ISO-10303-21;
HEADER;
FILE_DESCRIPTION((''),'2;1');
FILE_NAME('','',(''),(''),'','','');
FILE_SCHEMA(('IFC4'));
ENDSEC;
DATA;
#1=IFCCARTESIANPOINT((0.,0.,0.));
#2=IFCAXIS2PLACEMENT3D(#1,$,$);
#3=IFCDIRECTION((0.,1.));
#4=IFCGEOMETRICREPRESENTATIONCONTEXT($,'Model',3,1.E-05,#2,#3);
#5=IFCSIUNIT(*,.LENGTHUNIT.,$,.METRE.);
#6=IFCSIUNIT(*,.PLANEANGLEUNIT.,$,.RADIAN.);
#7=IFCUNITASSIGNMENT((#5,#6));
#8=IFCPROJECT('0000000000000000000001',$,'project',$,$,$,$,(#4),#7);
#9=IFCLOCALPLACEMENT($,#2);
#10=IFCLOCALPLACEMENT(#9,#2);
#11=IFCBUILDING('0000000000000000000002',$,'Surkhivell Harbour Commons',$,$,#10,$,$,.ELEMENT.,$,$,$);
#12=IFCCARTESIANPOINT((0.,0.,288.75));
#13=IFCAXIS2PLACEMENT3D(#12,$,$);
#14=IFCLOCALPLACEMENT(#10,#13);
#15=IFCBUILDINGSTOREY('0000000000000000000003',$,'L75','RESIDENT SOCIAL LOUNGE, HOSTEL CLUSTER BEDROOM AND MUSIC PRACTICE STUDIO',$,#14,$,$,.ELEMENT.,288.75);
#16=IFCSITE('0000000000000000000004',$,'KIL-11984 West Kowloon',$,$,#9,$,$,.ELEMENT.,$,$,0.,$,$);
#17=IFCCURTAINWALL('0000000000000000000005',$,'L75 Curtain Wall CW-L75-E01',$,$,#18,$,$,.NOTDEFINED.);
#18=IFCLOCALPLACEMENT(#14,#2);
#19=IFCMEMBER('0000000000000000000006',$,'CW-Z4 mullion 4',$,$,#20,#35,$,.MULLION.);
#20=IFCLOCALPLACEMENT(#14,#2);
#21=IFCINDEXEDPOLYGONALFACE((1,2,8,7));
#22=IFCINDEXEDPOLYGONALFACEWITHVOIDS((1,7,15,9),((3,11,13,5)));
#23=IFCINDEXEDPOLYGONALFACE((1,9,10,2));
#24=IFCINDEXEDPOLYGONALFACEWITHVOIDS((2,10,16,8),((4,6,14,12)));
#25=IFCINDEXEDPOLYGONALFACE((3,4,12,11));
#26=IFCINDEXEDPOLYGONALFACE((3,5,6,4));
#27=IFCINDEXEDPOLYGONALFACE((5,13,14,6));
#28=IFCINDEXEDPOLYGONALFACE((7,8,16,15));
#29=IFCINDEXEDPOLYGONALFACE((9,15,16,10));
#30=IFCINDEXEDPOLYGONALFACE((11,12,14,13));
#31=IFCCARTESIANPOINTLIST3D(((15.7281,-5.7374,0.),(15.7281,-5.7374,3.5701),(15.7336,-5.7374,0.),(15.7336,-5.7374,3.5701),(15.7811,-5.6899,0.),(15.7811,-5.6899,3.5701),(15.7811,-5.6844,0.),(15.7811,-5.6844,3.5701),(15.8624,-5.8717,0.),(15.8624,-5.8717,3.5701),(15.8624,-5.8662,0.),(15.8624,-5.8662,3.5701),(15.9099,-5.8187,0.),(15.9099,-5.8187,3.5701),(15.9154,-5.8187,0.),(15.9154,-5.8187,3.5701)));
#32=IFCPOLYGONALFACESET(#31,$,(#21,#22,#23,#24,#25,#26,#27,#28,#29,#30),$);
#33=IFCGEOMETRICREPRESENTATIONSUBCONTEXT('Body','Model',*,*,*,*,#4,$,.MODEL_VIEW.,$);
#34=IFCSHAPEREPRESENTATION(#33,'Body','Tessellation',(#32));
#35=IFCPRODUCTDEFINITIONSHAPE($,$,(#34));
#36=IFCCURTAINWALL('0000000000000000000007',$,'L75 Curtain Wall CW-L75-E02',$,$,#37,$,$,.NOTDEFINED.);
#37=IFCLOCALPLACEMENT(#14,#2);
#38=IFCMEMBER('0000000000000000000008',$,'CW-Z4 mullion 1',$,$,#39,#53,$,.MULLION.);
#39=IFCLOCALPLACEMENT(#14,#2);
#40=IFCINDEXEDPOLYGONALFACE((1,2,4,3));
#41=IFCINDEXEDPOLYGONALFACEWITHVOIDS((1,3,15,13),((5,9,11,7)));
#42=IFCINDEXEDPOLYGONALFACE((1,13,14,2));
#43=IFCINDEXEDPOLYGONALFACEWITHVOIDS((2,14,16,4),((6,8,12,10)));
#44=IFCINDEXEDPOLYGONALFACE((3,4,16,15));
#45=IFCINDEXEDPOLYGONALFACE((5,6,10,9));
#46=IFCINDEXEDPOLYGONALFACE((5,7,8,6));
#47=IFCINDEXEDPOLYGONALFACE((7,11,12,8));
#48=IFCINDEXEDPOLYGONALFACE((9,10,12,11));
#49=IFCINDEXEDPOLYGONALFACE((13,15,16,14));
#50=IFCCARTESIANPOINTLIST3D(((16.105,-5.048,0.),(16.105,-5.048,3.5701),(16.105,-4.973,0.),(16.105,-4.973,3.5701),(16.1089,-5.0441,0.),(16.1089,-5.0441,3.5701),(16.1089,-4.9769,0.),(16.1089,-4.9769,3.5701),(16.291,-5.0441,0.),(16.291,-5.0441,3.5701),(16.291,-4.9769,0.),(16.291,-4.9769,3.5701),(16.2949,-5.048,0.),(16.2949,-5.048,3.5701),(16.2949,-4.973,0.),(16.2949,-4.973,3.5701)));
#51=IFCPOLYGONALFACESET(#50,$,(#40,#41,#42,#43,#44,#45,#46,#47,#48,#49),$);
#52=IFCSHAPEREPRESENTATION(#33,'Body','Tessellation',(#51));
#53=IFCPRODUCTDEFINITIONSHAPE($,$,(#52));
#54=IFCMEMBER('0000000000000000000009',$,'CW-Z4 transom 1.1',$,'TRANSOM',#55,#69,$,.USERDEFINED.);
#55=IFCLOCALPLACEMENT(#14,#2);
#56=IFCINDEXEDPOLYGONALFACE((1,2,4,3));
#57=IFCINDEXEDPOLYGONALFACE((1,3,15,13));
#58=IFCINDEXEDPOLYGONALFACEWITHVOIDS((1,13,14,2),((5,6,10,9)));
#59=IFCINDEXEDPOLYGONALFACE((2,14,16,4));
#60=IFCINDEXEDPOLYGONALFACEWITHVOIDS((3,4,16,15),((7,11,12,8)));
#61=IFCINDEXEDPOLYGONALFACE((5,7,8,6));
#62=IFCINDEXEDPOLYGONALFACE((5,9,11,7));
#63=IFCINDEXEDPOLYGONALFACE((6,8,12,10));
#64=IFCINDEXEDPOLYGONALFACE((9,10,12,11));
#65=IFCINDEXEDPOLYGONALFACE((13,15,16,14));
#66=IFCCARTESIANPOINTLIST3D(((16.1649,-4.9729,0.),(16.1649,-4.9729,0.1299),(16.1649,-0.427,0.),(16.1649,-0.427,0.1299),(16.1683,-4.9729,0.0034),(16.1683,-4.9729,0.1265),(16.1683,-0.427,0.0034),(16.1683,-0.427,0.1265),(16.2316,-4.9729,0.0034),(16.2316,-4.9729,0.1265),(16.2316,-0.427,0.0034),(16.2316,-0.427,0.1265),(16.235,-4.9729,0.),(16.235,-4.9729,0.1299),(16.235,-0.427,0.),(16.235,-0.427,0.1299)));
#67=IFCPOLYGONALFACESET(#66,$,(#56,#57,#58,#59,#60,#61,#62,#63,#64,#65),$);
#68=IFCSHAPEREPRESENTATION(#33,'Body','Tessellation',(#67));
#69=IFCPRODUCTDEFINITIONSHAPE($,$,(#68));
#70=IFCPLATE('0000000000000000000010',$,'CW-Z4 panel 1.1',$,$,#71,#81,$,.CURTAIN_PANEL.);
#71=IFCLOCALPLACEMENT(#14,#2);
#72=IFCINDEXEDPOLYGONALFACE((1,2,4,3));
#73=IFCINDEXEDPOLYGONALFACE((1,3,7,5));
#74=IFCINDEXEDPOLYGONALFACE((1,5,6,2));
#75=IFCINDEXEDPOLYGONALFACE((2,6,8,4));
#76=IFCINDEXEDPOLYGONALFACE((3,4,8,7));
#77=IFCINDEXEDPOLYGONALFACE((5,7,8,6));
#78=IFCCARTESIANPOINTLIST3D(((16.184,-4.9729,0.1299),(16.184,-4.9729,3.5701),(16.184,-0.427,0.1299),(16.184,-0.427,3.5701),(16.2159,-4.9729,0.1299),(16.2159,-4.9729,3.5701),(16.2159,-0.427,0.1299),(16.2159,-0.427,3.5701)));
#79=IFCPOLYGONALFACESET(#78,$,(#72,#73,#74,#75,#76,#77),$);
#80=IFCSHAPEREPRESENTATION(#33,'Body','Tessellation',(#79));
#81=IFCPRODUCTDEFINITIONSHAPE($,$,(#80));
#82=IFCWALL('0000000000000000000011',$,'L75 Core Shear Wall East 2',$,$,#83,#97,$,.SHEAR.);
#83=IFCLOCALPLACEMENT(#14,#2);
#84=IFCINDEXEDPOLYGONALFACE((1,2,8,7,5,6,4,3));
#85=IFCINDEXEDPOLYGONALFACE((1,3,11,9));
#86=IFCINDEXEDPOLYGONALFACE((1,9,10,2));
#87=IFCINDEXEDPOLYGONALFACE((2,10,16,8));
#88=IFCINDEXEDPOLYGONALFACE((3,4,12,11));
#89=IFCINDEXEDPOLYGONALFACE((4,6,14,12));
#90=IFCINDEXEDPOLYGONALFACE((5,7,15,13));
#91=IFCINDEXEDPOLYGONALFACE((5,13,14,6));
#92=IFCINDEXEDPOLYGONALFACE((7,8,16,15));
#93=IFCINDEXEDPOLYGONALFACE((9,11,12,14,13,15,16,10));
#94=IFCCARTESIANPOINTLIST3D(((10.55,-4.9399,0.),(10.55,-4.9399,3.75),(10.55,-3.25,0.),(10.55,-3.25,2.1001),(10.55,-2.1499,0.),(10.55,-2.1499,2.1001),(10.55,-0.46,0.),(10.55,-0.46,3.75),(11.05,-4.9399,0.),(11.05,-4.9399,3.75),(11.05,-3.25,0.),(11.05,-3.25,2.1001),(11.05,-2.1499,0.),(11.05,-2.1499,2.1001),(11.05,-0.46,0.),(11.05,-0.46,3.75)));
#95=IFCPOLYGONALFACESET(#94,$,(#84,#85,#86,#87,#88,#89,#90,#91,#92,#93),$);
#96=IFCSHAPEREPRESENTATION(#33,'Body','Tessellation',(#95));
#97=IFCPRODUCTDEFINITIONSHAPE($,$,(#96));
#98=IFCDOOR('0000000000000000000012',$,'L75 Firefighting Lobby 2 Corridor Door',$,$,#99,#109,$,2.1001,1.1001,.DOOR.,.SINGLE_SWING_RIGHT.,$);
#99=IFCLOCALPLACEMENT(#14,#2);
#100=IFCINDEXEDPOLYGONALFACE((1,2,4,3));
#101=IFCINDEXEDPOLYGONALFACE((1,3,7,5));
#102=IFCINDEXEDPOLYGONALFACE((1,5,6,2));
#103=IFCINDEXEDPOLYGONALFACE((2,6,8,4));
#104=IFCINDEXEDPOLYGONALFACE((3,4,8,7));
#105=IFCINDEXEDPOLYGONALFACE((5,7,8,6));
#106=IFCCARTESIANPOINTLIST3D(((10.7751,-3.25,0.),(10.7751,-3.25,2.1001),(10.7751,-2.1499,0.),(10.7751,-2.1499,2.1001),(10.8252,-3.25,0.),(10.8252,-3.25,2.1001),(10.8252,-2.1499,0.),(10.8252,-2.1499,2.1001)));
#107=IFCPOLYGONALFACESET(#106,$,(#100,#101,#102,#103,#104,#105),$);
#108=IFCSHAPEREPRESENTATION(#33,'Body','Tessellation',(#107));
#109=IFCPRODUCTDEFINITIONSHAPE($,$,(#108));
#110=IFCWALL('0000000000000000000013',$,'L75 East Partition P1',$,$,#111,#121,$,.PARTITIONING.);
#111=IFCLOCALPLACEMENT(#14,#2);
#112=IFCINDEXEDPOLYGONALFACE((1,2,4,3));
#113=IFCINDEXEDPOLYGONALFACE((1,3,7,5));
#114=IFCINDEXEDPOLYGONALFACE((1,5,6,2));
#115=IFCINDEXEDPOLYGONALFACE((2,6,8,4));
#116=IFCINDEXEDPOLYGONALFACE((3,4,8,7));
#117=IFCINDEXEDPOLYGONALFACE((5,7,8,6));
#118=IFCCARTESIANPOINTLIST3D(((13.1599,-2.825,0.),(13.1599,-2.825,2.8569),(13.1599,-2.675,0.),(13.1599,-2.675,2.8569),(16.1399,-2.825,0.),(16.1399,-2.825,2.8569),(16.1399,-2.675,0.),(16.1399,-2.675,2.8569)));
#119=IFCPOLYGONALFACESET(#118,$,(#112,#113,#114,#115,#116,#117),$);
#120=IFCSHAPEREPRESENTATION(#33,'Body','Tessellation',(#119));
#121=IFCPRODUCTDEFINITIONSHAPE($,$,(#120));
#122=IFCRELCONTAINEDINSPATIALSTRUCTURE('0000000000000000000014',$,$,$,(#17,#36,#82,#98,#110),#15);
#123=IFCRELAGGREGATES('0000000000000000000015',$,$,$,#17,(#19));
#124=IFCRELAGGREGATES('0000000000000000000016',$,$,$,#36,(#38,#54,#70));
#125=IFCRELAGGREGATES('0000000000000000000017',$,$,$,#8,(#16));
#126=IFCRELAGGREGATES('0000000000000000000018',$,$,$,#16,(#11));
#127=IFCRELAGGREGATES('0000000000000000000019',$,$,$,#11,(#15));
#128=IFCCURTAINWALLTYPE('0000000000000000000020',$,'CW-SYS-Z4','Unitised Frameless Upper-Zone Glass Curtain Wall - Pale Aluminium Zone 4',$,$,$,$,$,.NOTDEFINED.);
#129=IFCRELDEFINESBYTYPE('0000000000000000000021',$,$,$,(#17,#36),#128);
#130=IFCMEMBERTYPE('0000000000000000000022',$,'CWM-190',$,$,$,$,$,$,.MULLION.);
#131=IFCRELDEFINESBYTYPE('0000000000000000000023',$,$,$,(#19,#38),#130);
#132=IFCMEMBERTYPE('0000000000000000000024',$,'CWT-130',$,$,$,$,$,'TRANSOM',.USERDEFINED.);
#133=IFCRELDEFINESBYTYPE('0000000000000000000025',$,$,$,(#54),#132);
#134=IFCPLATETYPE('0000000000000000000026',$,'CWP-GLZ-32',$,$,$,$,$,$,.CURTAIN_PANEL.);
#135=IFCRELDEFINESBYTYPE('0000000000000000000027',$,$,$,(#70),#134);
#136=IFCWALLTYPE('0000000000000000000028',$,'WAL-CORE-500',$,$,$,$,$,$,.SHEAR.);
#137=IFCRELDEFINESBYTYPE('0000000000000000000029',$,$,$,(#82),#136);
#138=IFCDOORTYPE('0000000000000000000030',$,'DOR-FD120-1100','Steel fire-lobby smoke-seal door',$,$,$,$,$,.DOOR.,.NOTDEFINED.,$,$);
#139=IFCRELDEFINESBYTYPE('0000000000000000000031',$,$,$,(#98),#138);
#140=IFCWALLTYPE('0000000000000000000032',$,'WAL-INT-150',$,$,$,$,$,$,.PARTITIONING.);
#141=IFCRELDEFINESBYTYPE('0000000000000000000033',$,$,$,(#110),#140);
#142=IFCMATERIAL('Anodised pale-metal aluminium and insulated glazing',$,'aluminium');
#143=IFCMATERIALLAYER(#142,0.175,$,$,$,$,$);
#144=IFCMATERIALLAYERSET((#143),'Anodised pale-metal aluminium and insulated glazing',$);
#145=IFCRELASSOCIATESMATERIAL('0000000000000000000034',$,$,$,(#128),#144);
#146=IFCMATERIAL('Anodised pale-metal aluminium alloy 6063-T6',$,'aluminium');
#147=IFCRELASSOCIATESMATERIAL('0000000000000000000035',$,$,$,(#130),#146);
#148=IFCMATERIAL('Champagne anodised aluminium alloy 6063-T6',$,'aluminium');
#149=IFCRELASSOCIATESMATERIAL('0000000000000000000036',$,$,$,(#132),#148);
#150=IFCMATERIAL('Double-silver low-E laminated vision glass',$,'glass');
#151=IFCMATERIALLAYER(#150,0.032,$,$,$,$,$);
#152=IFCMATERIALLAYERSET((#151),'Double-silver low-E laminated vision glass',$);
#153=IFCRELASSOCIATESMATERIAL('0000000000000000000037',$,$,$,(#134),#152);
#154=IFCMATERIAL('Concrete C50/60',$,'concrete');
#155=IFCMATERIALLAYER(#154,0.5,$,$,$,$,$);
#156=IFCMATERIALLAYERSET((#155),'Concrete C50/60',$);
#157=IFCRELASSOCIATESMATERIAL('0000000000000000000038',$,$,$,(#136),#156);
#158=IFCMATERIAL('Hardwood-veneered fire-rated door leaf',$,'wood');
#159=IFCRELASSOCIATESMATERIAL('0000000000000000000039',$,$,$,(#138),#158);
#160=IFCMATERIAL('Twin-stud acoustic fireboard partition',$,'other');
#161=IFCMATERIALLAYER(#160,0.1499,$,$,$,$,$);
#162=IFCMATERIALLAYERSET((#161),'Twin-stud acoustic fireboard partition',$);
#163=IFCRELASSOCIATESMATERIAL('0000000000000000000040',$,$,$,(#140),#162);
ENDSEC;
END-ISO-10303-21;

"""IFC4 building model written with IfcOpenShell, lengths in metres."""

from ifc_helpers import new_model, si_unit, direction, frame, frame_2d, origin, origin_2d, place, context, subcontext, project, spatial, rectangle, hollow_rectangle, extrude, material, layer, layer_set, material_profile, profile_set, type_object, element, fill, aggregate, save


model = new_model("IFC4")

# Units and contexts
model_context = context("Model", 3, precision=1e-05, world=origin(), true_north=direction((0.0, 1.0)))
body_context = subcontext(model_context, "Body", "Model", "MODEL_VIEW")
ifc_project = project(units=[si_unit("LENGTHUNIT", "METRE"), si_unit("PLANEANGLEUNIT", "RADIAN")], contexts=[model_context])

# Site, building, storey
site_placement = place(None, origin())
site = spatial("IfcSite", under=ifc_project, at=site_placement, Name="KIL-11984 West Kowloon", CompositionType="ELEMENT", RefElevation=0.0)
building_placement = place(site_placement, origin())
building = spatial("IfcBuilding", under=site, at=building_placement, Name="Surkhivell Harbour Commons", CompositionType="ELEMENT")
storey_placement = place(building_placement, frame((0.0, 0.0, 288.75)))
storey = spatial("IfcBuildingStorey", under=building, at=storey_placement, Name="L75", Description="RESIDENT SOCIAL LOUNGE, HOSTEL CLUSTER BEDROOM AND MUSIC PRACTICE STUDIO", CompositionType="ELEMENT", Elevation=288.75)

# Shared definitions
ifc_material_1 = material(Name="Concrete C50/60", Category="concrete")

# Curtain wall, member
ifc_material_2 = material(Name="Anodised pale-metal aluminium and insulated glazing", Category="aluminium")
ifc_layer_1 = layer(ifc_material_2, 0.175)
ifc_layer_set_1 = layer_set([ifc_layer_1], Name="Anodised pale-metal aluminium and insulated glazing")
curtain_wall_type = type_object("IfcCurtainWallType", Name="CW-SYS-Z4", Description="Unitised Frameless Upper-Zone Glass Curtain Wall - Pale Aluminium Zone 4", PredefinedType="NOTDEFINED", material=ifc_layer_set_1)
curtain_wall_1_placement = place(storey_placement, origin())
curtain_wall_1 = element("IfcCurtainWall", 1, at=curtain_wall_1_placement, inside=storey, type_object=curtain_wall_type, Name="L75 Curtain Wall CW-L75-E01", PredefinedType="NOTDEFINED")
ifc_material_3 = material(Name="Anodised pale-metal aluminium alloy 6063-T6", Category="aluminium")
ifc_material_profile_1 = material_profile(ifc_material_3, hollow_rectangle(XDim=0.075, YDim=0.1899, WallThickness=0.0039, at=origin_2d()), Name="ALU-MULL-75x190")
ifc_profile_set_1 = profile_set([ifc_material_profile_1], Name="Anodised pale-metal aluminium alloy 6063-T6")
member_type_1 = type_object("IfcMemberType", Name="CWM-190", PredefinedType="MULLION", material=ifc_profile_set_1)
member_1_placement = place(storey_placement, frame((15.8218, -5.7781, 0.0), z_axis=(0.0, 0.0, 1.0), x_axis=(0.707107, 0.707107, 0.0)))
member_1 = element("IfcMember", 2, at=member_1_placement, type_object=member_type_1, Name="CW-Z4 mullion 4", PredefinedType="MULLION", context=body_context, shape_type="SweptSolid", body=[
    extrude(hollow_rectangle(XDim=0.075, YDim=0.1899, WallThickness=0.0039, at=origin_2d()), origin(), (0.0, 0.0, 1.0), 3.5701),
])
aggregate(curtain_wall_1, [member_1])

# Curtain wall, members, plate
curtain_wall_2_placement = place(storey_placement, origin())
curtain_wall_2 = element("IfcCurtainWall", 3, at=curtain_wall_2_placement, inside=storey, type_object=curtain_wall_type, Name="L75 Curtain Wall CW-L75-E02", PredefinedType="NOTDEFINED")
member_2_placement = place(storey_placement, frame((16.2, -5.0105, 0.0), z_axis=(0.0, 0.0, 1.0), x_axis=(0.0, 1.0, 0.0)))
member_2 = element("IfcMember", 4, at=member_2_placement, type_object=member_type_1, Name="CW-Z4 mullion 1", PredefinedType="MULLION", context=body_context, shape_type="SweptSolid", body=[
    extrude(hollow_rectangle(XDim=0.075, YDim=0.1899, WallThickness=0.0039, at=origin_2d()), origin(), (0.0, 0.0, 1.0), 3.5701),
])
ifc_material_4 = material(Name="Champagne anodised aluminium alloy 6063-T6", Category="aluminium")
ifc_material_profile_2 = material_profile(ifc_material_4, hollow_rectangle(XDim=0.0701, YDim=0.1299, WallThickness=0.0034, at=origin_2d()), Name="ALU-TRAN-70x130")
ifc_profile_set_2 = profile_set([ifc_material_profile_2], Name="Champagne anodised aluminium alloy 6063-T6")
member_type_2 = type_object("IfcMemberType", Name="CWT-130", ElementType="TRANSOM", PredefinedType="USERDEFINED", material=ifc_profile_set_2)
member_3_placement = place(storey_placement, frame((16.2, -4.9729, 0.0649), z_axis=(0.0, 1.0, 0.0), x_axis=(-1.0, 0.0, 0.0)))
member_3 = element("IfcMember", 5, at=member_3_placement, type_object=member_type_2, Name="CW-Z4 transom 1.1", ObjectType="TRANSOM", PredefinedType="USERDEFINED", context=body_context, shape_type="SweptSolid", body=[
    extrude(hollow_rectangle(XDim=0.0701, YDim=0.1299, WallThickness=0.0034, at=origin_2d()), origin(), (0.0, 0.0, 1.0), 4.5459),
])
ifc_material_5 = material(Name="Double-silver low-E laminated vision glass", Category="glass")
ifc_layer_2 = layer(ifc_material_5, 0.032)
ifc_layer_set_2 = layer_set([ifc_layer_2], Name="Double-silver low-E laminated vision glass")
plate_type = type_object("IfcPlateType", Name="CWP-GLZ-32", PredefinedType="CURTAIN_PANEL", material=ifc_layer_set_2)
plate_placement = place(storey_placement, frame((16.2, -4.9729, 0.1299), z_axis=(0.0, 0.0, 1.0), x_axis=(0.0, 1.0, 0.0)))
plate = element("IfcPlate", 6, at=plate_placement, type_object=plate_type, Name="CW-Z4 panel 1.1", PredefinedType="CURTAIN_PANEL", context=body_context, shape_type="SweptSolid", body=[
    extrude(rectangle(XDim=4.5459, YDim=0.032, at=frame_2d((2.2729, 0.0))), origin(), (0.0, 0.0, 1.0), 3.4402),
])
aggregate(curtain_wall_2, [member_2, member_3, plate])

# Wall, opening, door
ifc_layer_3 = layer(ifc_material_1, 0.5)
ifc_layer_set_3 = layer_set([ifc_layer_3], Name="Concrete C50/60")
wall_type_1 = type_object("IfcWallType", Name="WAL-CORE-500", PredefinedType="SHEAR", material=ifc_layer_set_3)
wall_1_placement = place(storey_placement, frame((10.8, -4.9399, 0.0), z_axis=(0.0, 0.0, 1.0), x_axis=(0.0, 1.0, 0.0)))
wall_1 = element("IfcWall", 7, at=wall_1_placement, inside=storey, type_object=wall_type_1, Name="L75 Core Shear Wall East 2", PredefinedType="SHEAR", context=body_context, shape_type="SweptSolid", body=[
    extrude(rectangle(XDim=4.48, YDim=0.5, at=frame_2d((2.24, 0.0))), origin(), (0.0, 0.0, 1.0), 3.75),
])
opening_1_placement = place(wall_1_placement, frame((1.6899, 0.0, 0.0)))
opening_1 = element("IfcOpeningElement", 8, at=opening_1_placement, cuts=wall_1, PredefinedType="OPENING", context=body_context, shape_type="SweptSolid", body=[
    extrude(rectangle(XDim=1.1001, YDim=2.1001, at=frame_2d((0.55, 1.05))), frame((0.0, 0.26, 0.0), z_axis=(0.0, -1.0, 0.0), x_axis=(1.0, 0.0, 0.0)), (0.0, 0.0, 1.0), 0.52),
])
ifc_material_6 = material(Name="Hardwood-veneered fire-rated door leaf", Category="wood")
door_type_1 = type_object("IfcDoorType", Name="DOR-FD120-1100", Description="Steel fire-lobby smoke-seal door", OperationType="NOTDEFINED", PredefinedType="DOOR", material=ifc_material_6)
door_1_placement = place(opening_1_placement, origin())
door_1 = element("IfcDoor", 9, at=door_1_placement, inside=storey, type_object=door_type_1, Name="L75 Firefighting Lobby 2 Corridor Door", OperationType="SINGLE_SWING_RIGHT", OverallHeight=2.1001, OverallWidth=1.1001, PredefinedType="DOOR", context=body_context, shape_type="SweptSolid", body=[
    extrude(rectangle(XDim=1.1001, YDim=2.1001, at=frame_2d((0.55, 1.05))), frame((0.0, 0.0249, 0.0), z_axis=(0.0, -1.0, 0.0), x_axis=(1.0, 0.0, 0.0)), (0.0, 0.0, 1.0), 0.05),
])
fill(opening_1, door_1)

# Wall
ifc_material_7 = material(Name="Twin-stud acoustic fireboard partition", Category="other")
ifc_layer_4 = layer(ifc_material_7, 0.1499)
ifc_layer_set_4 = layer_set([ifc_layer_4], Name="Twin-stud acoustic fireboard partition")
wall_type_2 = type_object("IfcWallType", Name="WAL-INT-150", PredefinedType="PARTITIONING", material=ifc_layer_set_4)
wall_2_placement = place(storey_placement, frame((13.1599, -2.75, 0.0), z_axis=(0.0, 0.0, 1.0), x_axis=(1.0, 0.0, 0.0)))
element("IfcWall", 10, at=wall_2_placement, inside=storey, type_object=wall_type_2, Name="L75 East Partition P1", PredefinedType="PARTITIONING", context=body_context, shape_type="SweptSolid", body=[
    extrude(rectangle(XDim=2.98, YDim=0.1499, at=frame_2d((1.49, 0.0))), origin(), (0.0, 0.0, 1.0), 2.8569),
])

save(model, "model.ifc")
